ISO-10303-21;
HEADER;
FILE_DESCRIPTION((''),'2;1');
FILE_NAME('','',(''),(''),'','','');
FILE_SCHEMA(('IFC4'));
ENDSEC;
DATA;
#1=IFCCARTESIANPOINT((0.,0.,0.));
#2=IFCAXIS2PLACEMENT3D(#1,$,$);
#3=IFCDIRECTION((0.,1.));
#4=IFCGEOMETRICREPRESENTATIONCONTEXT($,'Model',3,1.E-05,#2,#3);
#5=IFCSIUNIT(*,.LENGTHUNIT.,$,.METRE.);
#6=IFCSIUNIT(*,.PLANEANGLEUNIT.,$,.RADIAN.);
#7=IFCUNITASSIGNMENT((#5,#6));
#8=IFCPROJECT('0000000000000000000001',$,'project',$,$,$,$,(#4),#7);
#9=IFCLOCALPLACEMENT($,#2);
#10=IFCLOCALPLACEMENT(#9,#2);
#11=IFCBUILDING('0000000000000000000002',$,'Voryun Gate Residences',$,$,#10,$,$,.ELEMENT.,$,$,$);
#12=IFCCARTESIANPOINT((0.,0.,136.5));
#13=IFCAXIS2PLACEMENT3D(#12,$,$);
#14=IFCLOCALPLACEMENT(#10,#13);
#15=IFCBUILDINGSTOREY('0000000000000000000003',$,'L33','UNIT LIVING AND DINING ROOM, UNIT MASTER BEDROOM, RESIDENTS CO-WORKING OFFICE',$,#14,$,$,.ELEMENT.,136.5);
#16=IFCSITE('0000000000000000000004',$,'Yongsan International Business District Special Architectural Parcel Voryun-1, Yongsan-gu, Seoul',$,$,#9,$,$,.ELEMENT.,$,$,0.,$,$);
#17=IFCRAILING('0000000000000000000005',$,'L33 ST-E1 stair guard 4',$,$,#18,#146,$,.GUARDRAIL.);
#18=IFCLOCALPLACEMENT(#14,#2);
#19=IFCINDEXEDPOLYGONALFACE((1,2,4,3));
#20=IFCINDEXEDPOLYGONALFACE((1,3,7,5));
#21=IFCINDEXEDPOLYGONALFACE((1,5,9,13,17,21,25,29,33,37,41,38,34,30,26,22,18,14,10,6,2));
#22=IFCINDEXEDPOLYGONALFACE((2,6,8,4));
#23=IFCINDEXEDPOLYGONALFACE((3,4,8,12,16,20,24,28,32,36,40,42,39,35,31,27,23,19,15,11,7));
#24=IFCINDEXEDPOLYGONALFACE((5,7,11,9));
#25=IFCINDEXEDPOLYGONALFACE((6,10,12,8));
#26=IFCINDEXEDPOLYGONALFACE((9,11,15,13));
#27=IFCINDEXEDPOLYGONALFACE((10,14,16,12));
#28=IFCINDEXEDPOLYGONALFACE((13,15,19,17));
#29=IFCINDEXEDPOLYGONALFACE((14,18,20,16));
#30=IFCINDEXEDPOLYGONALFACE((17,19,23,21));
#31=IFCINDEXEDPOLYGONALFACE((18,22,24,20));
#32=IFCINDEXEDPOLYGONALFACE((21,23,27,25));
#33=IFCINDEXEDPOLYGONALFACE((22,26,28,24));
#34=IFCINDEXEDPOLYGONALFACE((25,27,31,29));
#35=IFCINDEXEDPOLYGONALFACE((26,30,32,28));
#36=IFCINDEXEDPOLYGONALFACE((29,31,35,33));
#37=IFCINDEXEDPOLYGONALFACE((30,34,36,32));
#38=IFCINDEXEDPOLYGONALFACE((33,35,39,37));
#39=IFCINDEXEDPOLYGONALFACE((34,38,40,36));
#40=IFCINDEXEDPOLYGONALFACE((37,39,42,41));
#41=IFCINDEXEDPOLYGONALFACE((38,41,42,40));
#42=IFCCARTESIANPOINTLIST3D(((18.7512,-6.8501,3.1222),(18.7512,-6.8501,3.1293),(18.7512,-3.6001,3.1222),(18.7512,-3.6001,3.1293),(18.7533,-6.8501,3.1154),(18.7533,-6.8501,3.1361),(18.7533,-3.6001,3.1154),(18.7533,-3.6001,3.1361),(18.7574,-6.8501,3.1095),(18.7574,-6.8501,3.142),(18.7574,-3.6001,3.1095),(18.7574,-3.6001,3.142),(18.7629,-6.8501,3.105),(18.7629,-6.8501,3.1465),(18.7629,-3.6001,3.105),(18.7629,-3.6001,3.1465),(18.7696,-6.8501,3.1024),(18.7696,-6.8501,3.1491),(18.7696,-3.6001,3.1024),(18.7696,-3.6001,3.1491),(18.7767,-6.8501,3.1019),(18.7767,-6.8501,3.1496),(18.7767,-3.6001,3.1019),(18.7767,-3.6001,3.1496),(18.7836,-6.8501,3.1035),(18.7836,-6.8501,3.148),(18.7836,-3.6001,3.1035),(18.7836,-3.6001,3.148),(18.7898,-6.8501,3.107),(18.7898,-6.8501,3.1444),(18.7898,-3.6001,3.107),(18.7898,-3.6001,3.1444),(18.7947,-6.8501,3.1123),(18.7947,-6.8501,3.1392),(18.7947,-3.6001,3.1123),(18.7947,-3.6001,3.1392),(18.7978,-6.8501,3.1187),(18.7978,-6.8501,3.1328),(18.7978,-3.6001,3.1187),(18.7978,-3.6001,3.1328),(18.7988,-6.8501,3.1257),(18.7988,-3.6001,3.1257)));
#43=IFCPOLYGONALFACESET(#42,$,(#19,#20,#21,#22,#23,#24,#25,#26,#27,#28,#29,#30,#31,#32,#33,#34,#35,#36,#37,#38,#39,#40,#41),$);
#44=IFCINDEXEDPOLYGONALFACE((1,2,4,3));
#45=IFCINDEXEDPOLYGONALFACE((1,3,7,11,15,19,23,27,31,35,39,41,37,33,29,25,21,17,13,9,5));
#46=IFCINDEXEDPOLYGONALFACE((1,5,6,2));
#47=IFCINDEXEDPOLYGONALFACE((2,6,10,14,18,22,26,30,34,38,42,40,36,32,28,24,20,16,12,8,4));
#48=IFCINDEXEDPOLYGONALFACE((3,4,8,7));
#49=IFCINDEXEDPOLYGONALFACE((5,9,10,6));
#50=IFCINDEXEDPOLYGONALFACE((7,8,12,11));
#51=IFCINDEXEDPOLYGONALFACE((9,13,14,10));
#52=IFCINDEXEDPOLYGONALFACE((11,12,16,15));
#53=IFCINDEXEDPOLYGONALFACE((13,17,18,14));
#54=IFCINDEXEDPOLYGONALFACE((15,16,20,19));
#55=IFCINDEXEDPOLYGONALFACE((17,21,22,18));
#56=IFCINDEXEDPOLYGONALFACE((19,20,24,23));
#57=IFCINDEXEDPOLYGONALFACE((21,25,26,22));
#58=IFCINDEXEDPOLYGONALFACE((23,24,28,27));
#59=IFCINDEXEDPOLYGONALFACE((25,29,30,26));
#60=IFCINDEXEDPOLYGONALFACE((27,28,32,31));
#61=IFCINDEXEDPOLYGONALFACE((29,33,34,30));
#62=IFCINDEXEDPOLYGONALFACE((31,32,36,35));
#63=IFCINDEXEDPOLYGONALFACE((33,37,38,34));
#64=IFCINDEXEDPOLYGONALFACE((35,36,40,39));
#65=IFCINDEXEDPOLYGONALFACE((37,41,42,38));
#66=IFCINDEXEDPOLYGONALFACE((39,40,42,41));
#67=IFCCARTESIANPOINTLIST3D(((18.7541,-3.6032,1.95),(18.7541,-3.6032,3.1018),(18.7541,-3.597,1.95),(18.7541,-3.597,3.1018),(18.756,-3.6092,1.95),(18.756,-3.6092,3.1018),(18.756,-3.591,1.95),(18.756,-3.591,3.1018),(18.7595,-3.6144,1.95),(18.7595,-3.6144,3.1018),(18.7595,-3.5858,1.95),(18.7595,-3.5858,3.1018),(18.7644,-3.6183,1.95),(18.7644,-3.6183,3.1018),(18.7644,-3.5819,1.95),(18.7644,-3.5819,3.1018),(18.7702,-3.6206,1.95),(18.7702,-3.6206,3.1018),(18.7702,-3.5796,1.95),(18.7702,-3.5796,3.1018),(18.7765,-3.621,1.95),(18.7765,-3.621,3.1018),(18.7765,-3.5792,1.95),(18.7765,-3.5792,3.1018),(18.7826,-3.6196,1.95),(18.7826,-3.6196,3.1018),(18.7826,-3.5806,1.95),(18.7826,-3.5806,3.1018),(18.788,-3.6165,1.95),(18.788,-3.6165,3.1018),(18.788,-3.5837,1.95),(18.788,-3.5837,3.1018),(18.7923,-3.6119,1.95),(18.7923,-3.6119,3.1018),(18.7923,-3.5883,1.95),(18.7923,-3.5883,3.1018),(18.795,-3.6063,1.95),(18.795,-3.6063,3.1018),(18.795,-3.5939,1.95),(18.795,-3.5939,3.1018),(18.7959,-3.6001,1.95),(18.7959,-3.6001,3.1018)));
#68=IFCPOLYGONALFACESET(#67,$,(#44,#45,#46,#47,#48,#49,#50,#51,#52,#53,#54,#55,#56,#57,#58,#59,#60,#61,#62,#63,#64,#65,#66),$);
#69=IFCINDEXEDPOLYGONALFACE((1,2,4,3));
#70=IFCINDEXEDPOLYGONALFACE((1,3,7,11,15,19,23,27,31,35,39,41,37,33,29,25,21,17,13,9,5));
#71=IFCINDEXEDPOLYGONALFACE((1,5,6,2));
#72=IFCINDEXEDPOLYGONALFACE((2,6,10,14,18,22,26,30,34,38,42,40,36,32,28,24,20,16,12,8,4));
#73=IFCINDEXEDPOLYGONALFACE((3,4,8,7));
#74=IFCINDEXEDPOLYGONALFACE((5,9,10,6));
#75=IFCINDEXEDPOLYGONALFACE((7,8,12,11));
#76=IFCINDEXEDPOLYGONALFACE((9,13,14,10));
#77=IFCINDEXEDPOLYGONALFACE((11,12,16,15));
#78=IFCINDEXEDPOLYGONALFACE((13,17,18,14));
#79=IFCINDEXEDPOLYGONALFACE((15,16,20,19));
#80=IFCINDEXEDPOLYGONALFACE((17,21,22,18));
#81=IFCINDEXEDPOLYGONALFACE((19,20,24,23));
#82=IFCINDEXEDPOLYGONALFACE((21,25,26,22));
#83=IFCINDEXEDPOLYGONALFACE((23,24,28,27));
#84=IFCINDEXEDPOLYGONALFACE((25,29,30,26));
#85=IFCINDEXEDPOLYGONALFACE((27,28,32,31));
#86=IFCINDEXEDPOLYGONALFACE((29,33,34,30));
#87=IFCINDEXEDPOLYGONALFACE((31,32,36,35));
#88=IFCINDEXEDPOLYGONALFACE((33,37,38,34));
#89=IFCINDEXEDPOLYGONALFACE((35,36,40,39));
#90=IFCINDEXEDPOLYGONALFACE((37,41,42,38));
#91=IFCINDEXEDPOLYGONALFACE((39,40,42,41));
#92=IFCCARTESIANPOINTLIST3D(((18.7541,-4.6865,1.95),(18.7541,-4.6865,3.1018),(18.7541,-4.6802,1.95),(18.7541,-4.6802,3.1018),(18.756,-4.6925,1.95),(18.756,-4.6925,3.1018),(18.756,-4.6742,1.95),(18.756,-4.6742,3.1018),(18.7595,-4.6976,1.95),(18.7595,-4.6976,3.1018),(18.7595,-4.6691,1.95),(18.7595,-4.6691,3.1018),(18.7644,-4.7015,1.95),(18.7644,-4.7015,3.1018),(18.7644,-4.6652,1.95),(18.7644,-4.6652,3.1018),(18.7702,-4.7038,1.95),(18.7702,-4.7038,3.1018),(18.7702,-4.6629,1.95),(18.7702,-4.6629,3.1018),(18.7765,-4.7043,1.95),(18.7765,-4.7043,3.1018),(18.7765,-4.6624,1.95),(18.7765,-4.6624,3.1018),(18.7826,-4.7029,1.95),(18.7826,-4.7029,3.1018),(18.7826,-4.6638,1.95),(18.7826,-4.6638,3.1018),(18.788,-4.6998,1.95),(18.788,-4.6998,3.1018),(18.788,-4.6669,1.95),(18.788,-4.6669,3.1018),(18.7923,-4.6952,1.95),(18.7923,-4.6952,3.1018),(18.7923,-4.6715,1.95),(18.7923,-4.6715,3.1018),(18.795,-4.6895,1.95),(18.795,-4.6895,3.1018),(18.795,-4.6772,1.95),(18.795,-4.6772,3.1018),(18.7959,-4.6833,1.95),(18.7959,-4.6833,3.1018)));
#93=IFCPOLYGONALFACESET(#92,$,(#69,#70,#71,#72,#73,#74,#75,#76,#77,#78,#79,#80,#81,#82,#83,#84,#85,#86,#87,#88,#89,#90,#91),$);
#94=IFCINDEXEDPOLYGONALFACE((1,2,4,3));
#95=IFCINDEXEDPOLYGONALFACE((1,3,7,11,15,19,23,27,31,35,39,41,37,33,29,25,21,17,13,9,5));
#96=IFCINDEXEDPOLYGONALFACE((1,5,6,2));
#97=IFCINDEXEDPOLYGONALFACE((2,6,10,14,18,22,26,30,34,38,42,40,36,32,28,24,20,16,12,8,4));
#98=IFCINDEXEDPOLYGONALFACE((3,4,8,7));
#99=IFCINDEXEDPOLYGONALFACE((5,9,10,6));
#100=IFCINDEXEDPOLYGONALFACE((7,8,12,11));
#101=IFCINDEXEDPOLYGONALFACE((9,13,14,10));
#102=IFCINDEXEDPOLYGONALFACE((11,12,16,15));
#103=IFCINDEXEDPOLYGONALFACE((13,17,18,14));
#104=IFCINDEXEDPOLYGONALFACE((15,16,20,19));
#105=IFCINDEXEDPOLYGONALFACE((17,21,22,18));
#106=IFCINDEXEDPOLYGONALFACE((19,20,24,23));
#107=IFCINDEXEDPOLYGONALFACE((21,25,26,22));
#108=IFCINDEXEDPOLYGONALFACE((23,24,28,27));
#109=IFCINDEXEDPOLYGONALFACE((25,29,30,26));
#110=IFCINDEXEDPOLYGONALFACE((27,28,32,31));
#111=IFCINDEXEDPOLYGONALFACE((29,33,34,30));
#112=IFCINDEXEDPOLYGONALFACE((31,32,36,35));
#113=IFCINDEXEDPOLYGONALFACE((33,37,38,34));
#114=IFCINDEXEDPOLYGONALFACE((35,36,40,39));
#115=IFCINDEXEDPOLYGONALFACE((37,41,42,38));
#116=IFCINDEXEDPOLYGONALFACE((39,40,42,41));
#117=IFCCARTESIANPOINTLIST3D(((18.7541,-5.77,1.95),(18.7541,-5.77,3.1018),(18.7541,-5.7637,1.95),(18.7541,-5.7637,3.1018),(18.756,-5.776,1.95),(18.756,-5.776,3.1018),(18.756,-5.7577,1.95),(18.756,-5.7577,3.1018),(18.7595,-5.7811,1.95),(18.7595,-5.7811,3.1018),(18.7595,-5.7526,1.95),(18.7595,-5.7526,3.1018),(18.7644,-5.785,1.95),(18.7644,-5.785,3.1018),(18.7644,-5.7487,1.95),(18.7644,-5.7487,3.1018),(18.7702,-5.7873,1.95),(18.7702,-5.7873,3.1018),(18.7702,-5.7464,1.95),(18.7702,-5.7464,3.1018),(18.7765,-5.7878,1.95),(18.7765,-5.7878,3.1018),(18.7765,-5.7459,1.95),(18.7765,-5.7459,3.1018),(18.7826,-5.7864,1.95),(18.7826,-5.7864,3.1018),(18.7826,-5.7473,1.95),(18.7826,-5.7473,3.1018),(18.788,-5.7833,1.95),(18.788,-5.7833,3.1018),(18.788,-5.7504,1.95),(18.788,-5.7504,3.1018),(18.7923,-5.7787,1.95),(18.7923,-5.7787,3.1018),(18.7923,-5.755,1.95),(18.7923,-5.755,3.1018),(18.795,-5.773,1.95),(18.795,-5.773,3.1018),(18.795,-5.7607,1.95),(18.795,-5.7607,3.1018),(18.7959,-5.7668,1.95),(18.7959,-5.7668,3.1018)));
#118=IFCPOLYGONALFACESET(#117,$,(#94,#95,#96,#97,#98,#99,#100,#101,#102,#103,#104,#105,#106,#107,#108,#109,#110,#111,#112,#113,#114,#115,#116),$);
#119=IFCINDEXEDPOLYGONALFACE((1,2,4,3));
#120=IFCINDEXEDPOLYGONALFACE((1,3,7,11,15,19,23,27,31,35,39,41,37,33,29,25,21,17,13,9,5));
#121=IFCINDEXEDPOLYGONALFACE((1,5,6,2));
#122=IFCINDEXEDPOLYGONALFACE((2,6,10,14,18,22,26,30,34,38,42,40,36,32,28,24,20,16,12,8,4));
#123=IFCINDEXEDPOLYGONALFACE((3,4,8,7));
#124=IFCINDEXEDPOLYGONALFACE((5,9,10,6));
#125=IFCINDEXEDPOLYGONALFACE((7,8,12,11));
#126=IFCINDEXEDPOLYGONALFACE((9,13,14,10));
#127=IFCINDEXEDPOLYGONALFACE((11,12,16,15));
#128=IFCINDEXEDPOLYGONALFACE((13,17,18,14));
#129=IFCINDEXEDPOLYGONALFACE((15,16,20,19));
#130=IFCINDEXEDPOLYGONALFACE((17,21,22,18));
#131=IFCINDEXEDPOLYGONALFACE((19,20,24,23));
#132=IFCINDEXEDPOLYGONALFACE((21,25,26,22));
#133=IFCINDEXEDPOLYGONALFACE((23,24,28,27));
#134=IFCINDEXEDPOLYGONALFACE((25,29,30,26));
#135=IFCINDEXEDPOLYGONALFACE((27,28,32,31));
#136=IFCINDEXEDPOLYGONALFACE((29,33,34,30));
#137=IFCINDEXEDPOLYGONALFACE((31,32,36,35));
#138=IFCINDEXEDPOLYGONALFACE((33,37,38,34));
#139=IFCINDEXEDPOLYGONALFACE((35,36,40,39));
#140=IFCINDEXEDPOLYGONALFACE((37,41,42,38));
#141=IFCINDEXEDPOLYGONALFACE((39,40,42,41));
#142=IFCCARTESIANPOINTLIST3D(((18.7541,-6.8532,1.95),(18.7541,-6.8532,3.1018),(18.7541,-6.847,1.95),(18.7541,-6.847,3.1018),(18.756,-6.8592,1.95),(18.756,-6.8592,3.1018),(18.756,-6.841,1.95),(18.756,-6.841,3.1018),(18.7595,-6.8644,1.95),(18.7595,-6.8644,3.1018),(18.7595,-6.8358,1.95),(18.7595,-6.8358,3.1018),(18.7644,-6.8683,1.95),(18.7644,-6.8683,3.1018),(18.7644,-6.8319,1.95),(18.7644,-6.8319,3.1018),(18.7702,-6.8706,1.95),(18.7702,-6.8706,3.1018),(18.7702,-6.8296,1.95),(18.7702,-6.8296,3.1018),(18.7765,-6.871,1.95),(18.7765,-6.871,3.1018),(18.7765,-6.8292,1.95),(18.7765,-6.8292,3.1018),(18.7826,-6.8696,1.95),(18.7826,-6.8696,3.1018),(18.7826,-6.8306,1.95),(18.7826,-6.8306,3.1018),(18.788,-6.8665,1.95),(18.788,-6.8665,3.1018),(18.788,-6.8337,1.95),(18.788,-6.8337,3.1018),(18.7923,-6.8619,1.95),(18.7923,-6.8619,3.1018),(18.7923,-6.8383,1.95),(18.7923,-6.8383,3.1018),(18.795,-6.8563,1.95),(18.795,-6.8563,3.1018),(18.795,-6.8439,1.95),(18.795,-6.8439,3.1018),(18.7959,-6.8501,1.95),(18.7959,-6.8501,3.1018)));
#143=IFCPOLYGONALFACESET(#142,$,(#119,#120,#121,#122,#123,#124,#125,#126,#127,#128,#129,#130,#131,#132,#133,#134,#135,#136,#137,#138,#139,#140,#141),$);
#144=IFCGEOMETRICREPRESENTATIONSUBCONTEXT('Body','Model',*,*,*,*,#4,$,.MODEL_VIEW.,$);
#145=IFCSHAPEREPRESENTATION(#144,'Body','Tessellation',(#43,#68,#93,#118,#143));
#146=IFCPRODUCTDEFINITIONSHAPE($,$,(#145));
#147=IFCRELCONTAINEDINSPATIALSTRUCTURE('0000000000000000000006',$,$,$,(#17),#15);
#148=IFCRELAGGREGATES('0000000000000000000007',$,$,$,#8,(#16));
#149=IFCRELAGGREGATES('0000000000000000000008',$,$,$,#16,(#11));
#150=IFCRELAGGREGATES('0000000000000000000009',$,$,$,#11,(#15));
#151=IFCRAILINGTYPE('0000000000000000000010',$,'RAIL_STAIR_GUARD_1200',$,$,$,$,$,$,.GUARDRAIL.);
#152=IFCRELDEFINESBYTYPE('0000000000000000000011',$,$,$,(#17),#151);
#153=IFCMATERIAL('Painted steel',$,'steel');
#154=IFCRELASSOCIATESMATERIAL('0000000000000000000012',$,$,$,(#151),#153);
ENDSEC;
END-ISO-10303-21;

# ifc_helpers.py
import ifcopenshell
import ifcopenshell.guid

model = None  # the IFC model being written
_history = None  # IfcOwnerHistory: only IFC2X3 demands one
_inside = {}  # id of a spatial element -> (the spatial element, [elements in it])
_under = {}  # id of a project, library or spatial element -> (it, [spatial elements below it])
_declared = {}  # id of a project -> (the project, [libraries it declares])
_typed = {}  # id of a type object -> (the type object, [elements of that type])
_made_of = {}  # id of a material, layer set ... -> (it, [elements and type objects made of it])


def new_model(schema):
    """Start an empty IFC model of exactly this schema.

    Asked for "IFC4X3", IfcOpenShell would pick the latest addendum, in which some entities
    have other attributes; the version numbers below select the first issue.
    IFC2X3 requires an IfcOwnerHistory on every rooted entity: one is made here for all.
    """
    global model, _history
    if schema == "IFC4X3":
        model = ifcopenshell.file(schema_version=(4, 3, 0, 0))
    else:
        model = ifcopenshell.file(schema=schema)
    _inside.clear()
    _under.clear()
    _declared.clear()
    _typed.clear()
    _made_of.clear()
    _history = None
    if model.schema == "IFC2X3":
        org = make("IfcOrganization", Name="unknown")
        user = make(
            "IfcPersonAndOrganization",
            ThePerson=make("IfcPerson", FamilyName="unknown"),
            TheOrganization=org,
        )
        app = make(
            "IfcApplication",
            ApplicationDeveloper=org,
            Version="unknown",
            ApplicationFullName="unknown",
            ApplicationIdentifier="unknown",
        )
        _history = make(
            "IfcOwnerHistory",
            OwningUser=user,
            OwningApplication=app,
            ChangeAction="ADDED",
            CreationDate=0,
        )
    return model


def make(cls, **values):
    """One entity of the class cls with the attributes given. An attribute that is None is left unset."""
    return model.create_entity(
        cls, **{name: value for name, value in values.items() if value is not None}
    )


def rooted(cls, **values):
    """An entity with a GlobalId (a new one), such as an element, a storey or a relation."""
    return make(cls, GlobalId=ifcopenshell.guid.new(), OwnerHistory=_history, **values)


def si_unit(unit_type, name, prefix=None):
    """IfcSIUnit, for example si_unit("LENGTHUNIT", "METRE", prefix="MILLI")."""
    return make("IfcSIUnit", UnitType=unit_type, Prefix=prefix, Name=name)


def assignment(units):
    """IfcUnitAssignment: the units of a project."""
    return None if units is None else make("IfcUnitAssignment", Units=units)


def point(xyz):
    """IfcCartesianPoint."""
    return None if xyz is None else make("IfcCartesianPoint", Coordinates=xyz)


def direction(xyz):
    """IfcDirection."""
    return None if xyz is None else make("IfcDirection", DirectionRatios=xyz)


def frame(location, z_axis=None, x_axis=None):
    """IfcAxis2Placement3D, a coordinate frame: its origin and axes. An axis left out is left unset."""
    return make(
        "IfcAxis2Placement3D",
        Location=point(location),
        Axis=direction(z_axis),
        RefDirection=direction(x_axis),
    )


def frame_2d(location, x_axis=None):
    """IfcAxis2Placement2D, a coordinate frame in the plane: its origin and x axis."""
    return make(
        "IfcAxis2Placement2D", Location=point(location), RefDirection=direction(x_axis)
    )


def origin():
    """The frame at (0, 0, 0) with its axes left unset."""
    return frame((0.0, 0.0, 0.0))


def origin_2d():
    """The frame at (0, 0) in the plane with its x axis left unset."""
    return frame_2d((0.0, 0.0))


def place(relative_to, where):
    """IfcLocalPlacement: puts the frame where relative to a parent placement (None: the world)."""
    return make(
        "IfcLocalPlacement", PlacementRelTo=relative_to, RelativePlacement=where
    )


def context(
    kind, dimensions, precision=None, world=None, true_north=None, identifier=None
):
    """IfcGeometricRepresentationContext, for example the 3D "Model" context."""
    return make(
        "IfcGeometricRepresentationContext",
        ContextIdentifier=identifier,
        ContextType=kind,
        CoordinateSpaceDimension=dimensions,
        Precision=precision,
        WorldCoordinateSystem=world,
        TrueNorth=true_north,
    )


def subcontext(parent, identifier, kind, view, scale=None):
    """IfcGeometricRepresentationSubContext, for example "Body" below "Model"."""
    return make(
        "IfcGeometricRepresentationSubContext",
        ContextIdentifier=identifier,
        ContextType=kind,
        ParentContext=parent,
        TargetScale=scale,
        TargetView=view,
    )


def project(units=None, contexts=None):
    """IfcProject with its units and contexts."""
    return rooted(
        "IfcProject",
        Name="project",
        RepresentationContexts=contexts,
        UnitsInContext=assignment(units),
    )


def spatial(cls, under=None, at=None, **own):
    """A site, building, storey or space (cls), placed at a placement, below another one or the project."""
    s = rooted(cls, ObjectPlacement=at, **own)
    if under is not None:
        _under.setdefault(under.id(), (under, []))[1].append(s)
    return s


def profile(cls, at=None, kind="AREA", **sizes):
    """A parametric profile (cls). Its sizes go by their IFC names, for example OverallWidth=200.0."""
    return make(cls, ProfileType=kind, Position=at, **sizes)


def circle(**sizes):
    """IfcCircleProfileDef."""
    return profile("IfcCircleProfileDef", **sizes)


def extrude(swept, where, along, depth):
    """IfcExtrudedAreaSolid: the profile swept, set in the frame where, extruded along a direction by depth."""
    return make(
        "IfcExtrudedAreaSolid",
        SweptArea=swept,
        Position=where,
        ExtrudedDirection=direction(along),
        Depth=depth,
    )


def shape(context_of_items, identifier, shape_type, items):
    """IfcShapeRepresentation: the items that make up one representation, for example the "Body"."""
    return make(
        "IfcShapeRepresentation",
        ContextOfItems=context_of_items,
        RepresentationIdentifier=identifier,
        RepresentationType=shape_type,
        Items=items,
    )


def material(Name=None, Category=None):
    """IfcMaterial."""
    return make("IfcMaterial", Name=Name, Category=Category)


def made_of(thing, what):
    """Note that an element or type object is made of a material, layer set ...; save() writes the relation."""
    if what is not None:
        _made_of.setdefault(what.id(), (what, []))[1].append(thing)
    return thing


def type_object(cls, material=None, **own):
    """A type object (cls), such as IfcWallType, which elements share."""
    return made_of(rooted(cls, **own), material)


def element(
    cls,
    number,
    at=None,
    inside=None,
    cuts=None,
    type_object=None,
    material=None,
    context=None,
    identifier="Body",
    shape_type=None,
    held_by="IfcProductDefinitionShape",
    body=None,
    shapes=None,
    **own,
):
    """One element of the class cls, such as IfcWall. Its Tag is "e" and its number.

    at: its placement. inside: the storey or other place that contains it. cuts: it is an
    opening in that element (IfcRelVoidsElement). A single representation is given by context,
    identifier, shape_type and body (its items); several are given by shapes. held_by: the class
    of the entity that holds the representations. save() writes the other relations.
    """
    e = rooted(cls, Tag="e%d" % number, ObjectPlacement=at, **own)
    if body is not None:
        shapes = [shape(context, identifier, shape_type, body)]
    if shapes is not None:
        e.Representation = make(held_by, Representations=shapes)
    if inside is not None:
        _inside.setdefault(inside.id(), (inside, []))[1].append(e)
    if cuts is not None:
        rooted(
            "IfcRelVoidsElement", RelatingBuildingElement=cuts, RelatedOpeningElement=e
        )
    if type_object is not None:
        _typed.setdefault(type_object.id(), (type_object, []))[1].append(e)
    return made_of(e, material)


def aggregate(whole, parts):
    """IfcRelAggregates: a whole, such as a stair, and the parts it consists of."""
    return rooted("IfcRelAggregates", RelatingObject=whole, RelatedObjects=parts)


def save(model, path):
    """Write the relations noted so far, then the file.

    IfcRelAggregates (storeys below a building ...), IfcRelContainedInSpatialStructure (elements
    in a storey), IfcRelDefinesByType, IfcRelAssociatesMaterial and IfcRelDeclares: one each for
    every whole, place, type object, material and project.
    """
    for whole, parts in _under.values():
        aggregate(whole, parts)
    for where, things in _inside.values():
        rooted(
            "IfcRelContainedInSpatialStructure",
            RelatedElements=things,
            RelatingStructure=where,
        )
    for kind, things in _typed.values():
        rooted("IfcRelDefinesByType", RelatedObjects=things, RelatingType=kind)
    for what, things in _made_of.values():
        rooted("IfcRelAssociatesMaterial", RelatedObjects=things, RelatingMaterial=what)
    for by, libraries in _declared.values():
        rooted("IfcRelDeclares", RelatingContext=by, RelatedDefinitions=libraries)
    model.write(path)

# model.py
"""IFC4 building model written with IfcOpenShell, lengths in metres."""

from ifc_helpers import new_model, si_unit, direction, frame, origin, origin_2d, place, context, subcontext, project, spatial, circle, extrude, material, type_object, element, save


model = new_model("IFC4")

# Units and contexts
model_context = context("Model", 3, precision=1e-05, world=origin(), true_north=direction((0.0, 1.0)))
body_context = subcontext(model_context, "Body", "Model", "MODEL_VIEW")
ifc_project = project(units=[si_unit("LENGTHUNIT", "METRE"), si_unit("PLANEANGLEUNIT", "RADIAN")], contexts=[model_context])

# Site, building, storey
site_placement = place(None, origin())
site = spatial("IfcSite", under=ifc_project, at=site_placement, Name="Yongsan International Business District Special Architectural Parcel Voryun-1, Yongsan-gu, Seoul", CompositionType="ELEMENT", RefElevation=0.0)
building_placement = place(site_placement, origin())
building = spatial("IfcBuilding", under=site, at=building_placement, Name="Voryun Gate Residences", CompositionType="ELEMENT")
storey_placement = place(building_placement, frame((0.0, 0.0, 136.5)))
storey = spatial("IfcBuildingStorey", under=building, at=storey_placement, Name="L33", Description="UNIT LIVING AND DINING ROOM, UNIT MASTER BEDROOM, RESIDENTS CO-WORKING OFFICE", CompositionType="ELEMENT", Elevation=136.5)

# Railing
ifc_material_1 = material(Name="Painted steel", Category="steel")
railing_type_1 = type_object("IfcRailingType", Name="RAIL_STAIR_GUARD_1200", PredefinedType="GUARDRAIL", material=ifc_material_1)
railing_1_placement = place(storey_placement, frame((18.7749, -3.6001, 1.95)))
element("IfcRailing", 1, at=railing_1_placement, inside=storey, type_object=railing_type_1, Name="L33 ST-E1 stair guard 4", PredefinedType="GUARDRAIL", context=body_context, shape_type="SweptSolid", body=[
    extrude(circle(Radius=0.0239, at=origin_2d()), frame((0.0, 0.0, 1.1758), z_axis=(0.0, -1.0, 0.0), x_axis=(1.0, 0.0, 0.0)), (0.0, 0.0, 1.0), 3.25),
    extrude(circle(Radius=0.021, at=origin_2d()), origin(), (0.0, 0.0, 1.0), 1.1519),
    extrude(circle(Radius=0.021, at=origin_2d()), frame((0.0, -1.0833, 0.0)), (0.0, 0.0, 1.0), 1.1519),
    extrude(circle(Radius=0.021, at=origin_2d()), frame((0.0, -2.1667, 0.0)), (0.0, 0.0, 1.0), 1.1519),
    extrude(circle(Radius=0.021, at=origin_2d()), frame((0.0, -3.25, 0.0)), (0.0, 0.0, 1.0), 1.1519),
])

save(model, "model.ifc")
